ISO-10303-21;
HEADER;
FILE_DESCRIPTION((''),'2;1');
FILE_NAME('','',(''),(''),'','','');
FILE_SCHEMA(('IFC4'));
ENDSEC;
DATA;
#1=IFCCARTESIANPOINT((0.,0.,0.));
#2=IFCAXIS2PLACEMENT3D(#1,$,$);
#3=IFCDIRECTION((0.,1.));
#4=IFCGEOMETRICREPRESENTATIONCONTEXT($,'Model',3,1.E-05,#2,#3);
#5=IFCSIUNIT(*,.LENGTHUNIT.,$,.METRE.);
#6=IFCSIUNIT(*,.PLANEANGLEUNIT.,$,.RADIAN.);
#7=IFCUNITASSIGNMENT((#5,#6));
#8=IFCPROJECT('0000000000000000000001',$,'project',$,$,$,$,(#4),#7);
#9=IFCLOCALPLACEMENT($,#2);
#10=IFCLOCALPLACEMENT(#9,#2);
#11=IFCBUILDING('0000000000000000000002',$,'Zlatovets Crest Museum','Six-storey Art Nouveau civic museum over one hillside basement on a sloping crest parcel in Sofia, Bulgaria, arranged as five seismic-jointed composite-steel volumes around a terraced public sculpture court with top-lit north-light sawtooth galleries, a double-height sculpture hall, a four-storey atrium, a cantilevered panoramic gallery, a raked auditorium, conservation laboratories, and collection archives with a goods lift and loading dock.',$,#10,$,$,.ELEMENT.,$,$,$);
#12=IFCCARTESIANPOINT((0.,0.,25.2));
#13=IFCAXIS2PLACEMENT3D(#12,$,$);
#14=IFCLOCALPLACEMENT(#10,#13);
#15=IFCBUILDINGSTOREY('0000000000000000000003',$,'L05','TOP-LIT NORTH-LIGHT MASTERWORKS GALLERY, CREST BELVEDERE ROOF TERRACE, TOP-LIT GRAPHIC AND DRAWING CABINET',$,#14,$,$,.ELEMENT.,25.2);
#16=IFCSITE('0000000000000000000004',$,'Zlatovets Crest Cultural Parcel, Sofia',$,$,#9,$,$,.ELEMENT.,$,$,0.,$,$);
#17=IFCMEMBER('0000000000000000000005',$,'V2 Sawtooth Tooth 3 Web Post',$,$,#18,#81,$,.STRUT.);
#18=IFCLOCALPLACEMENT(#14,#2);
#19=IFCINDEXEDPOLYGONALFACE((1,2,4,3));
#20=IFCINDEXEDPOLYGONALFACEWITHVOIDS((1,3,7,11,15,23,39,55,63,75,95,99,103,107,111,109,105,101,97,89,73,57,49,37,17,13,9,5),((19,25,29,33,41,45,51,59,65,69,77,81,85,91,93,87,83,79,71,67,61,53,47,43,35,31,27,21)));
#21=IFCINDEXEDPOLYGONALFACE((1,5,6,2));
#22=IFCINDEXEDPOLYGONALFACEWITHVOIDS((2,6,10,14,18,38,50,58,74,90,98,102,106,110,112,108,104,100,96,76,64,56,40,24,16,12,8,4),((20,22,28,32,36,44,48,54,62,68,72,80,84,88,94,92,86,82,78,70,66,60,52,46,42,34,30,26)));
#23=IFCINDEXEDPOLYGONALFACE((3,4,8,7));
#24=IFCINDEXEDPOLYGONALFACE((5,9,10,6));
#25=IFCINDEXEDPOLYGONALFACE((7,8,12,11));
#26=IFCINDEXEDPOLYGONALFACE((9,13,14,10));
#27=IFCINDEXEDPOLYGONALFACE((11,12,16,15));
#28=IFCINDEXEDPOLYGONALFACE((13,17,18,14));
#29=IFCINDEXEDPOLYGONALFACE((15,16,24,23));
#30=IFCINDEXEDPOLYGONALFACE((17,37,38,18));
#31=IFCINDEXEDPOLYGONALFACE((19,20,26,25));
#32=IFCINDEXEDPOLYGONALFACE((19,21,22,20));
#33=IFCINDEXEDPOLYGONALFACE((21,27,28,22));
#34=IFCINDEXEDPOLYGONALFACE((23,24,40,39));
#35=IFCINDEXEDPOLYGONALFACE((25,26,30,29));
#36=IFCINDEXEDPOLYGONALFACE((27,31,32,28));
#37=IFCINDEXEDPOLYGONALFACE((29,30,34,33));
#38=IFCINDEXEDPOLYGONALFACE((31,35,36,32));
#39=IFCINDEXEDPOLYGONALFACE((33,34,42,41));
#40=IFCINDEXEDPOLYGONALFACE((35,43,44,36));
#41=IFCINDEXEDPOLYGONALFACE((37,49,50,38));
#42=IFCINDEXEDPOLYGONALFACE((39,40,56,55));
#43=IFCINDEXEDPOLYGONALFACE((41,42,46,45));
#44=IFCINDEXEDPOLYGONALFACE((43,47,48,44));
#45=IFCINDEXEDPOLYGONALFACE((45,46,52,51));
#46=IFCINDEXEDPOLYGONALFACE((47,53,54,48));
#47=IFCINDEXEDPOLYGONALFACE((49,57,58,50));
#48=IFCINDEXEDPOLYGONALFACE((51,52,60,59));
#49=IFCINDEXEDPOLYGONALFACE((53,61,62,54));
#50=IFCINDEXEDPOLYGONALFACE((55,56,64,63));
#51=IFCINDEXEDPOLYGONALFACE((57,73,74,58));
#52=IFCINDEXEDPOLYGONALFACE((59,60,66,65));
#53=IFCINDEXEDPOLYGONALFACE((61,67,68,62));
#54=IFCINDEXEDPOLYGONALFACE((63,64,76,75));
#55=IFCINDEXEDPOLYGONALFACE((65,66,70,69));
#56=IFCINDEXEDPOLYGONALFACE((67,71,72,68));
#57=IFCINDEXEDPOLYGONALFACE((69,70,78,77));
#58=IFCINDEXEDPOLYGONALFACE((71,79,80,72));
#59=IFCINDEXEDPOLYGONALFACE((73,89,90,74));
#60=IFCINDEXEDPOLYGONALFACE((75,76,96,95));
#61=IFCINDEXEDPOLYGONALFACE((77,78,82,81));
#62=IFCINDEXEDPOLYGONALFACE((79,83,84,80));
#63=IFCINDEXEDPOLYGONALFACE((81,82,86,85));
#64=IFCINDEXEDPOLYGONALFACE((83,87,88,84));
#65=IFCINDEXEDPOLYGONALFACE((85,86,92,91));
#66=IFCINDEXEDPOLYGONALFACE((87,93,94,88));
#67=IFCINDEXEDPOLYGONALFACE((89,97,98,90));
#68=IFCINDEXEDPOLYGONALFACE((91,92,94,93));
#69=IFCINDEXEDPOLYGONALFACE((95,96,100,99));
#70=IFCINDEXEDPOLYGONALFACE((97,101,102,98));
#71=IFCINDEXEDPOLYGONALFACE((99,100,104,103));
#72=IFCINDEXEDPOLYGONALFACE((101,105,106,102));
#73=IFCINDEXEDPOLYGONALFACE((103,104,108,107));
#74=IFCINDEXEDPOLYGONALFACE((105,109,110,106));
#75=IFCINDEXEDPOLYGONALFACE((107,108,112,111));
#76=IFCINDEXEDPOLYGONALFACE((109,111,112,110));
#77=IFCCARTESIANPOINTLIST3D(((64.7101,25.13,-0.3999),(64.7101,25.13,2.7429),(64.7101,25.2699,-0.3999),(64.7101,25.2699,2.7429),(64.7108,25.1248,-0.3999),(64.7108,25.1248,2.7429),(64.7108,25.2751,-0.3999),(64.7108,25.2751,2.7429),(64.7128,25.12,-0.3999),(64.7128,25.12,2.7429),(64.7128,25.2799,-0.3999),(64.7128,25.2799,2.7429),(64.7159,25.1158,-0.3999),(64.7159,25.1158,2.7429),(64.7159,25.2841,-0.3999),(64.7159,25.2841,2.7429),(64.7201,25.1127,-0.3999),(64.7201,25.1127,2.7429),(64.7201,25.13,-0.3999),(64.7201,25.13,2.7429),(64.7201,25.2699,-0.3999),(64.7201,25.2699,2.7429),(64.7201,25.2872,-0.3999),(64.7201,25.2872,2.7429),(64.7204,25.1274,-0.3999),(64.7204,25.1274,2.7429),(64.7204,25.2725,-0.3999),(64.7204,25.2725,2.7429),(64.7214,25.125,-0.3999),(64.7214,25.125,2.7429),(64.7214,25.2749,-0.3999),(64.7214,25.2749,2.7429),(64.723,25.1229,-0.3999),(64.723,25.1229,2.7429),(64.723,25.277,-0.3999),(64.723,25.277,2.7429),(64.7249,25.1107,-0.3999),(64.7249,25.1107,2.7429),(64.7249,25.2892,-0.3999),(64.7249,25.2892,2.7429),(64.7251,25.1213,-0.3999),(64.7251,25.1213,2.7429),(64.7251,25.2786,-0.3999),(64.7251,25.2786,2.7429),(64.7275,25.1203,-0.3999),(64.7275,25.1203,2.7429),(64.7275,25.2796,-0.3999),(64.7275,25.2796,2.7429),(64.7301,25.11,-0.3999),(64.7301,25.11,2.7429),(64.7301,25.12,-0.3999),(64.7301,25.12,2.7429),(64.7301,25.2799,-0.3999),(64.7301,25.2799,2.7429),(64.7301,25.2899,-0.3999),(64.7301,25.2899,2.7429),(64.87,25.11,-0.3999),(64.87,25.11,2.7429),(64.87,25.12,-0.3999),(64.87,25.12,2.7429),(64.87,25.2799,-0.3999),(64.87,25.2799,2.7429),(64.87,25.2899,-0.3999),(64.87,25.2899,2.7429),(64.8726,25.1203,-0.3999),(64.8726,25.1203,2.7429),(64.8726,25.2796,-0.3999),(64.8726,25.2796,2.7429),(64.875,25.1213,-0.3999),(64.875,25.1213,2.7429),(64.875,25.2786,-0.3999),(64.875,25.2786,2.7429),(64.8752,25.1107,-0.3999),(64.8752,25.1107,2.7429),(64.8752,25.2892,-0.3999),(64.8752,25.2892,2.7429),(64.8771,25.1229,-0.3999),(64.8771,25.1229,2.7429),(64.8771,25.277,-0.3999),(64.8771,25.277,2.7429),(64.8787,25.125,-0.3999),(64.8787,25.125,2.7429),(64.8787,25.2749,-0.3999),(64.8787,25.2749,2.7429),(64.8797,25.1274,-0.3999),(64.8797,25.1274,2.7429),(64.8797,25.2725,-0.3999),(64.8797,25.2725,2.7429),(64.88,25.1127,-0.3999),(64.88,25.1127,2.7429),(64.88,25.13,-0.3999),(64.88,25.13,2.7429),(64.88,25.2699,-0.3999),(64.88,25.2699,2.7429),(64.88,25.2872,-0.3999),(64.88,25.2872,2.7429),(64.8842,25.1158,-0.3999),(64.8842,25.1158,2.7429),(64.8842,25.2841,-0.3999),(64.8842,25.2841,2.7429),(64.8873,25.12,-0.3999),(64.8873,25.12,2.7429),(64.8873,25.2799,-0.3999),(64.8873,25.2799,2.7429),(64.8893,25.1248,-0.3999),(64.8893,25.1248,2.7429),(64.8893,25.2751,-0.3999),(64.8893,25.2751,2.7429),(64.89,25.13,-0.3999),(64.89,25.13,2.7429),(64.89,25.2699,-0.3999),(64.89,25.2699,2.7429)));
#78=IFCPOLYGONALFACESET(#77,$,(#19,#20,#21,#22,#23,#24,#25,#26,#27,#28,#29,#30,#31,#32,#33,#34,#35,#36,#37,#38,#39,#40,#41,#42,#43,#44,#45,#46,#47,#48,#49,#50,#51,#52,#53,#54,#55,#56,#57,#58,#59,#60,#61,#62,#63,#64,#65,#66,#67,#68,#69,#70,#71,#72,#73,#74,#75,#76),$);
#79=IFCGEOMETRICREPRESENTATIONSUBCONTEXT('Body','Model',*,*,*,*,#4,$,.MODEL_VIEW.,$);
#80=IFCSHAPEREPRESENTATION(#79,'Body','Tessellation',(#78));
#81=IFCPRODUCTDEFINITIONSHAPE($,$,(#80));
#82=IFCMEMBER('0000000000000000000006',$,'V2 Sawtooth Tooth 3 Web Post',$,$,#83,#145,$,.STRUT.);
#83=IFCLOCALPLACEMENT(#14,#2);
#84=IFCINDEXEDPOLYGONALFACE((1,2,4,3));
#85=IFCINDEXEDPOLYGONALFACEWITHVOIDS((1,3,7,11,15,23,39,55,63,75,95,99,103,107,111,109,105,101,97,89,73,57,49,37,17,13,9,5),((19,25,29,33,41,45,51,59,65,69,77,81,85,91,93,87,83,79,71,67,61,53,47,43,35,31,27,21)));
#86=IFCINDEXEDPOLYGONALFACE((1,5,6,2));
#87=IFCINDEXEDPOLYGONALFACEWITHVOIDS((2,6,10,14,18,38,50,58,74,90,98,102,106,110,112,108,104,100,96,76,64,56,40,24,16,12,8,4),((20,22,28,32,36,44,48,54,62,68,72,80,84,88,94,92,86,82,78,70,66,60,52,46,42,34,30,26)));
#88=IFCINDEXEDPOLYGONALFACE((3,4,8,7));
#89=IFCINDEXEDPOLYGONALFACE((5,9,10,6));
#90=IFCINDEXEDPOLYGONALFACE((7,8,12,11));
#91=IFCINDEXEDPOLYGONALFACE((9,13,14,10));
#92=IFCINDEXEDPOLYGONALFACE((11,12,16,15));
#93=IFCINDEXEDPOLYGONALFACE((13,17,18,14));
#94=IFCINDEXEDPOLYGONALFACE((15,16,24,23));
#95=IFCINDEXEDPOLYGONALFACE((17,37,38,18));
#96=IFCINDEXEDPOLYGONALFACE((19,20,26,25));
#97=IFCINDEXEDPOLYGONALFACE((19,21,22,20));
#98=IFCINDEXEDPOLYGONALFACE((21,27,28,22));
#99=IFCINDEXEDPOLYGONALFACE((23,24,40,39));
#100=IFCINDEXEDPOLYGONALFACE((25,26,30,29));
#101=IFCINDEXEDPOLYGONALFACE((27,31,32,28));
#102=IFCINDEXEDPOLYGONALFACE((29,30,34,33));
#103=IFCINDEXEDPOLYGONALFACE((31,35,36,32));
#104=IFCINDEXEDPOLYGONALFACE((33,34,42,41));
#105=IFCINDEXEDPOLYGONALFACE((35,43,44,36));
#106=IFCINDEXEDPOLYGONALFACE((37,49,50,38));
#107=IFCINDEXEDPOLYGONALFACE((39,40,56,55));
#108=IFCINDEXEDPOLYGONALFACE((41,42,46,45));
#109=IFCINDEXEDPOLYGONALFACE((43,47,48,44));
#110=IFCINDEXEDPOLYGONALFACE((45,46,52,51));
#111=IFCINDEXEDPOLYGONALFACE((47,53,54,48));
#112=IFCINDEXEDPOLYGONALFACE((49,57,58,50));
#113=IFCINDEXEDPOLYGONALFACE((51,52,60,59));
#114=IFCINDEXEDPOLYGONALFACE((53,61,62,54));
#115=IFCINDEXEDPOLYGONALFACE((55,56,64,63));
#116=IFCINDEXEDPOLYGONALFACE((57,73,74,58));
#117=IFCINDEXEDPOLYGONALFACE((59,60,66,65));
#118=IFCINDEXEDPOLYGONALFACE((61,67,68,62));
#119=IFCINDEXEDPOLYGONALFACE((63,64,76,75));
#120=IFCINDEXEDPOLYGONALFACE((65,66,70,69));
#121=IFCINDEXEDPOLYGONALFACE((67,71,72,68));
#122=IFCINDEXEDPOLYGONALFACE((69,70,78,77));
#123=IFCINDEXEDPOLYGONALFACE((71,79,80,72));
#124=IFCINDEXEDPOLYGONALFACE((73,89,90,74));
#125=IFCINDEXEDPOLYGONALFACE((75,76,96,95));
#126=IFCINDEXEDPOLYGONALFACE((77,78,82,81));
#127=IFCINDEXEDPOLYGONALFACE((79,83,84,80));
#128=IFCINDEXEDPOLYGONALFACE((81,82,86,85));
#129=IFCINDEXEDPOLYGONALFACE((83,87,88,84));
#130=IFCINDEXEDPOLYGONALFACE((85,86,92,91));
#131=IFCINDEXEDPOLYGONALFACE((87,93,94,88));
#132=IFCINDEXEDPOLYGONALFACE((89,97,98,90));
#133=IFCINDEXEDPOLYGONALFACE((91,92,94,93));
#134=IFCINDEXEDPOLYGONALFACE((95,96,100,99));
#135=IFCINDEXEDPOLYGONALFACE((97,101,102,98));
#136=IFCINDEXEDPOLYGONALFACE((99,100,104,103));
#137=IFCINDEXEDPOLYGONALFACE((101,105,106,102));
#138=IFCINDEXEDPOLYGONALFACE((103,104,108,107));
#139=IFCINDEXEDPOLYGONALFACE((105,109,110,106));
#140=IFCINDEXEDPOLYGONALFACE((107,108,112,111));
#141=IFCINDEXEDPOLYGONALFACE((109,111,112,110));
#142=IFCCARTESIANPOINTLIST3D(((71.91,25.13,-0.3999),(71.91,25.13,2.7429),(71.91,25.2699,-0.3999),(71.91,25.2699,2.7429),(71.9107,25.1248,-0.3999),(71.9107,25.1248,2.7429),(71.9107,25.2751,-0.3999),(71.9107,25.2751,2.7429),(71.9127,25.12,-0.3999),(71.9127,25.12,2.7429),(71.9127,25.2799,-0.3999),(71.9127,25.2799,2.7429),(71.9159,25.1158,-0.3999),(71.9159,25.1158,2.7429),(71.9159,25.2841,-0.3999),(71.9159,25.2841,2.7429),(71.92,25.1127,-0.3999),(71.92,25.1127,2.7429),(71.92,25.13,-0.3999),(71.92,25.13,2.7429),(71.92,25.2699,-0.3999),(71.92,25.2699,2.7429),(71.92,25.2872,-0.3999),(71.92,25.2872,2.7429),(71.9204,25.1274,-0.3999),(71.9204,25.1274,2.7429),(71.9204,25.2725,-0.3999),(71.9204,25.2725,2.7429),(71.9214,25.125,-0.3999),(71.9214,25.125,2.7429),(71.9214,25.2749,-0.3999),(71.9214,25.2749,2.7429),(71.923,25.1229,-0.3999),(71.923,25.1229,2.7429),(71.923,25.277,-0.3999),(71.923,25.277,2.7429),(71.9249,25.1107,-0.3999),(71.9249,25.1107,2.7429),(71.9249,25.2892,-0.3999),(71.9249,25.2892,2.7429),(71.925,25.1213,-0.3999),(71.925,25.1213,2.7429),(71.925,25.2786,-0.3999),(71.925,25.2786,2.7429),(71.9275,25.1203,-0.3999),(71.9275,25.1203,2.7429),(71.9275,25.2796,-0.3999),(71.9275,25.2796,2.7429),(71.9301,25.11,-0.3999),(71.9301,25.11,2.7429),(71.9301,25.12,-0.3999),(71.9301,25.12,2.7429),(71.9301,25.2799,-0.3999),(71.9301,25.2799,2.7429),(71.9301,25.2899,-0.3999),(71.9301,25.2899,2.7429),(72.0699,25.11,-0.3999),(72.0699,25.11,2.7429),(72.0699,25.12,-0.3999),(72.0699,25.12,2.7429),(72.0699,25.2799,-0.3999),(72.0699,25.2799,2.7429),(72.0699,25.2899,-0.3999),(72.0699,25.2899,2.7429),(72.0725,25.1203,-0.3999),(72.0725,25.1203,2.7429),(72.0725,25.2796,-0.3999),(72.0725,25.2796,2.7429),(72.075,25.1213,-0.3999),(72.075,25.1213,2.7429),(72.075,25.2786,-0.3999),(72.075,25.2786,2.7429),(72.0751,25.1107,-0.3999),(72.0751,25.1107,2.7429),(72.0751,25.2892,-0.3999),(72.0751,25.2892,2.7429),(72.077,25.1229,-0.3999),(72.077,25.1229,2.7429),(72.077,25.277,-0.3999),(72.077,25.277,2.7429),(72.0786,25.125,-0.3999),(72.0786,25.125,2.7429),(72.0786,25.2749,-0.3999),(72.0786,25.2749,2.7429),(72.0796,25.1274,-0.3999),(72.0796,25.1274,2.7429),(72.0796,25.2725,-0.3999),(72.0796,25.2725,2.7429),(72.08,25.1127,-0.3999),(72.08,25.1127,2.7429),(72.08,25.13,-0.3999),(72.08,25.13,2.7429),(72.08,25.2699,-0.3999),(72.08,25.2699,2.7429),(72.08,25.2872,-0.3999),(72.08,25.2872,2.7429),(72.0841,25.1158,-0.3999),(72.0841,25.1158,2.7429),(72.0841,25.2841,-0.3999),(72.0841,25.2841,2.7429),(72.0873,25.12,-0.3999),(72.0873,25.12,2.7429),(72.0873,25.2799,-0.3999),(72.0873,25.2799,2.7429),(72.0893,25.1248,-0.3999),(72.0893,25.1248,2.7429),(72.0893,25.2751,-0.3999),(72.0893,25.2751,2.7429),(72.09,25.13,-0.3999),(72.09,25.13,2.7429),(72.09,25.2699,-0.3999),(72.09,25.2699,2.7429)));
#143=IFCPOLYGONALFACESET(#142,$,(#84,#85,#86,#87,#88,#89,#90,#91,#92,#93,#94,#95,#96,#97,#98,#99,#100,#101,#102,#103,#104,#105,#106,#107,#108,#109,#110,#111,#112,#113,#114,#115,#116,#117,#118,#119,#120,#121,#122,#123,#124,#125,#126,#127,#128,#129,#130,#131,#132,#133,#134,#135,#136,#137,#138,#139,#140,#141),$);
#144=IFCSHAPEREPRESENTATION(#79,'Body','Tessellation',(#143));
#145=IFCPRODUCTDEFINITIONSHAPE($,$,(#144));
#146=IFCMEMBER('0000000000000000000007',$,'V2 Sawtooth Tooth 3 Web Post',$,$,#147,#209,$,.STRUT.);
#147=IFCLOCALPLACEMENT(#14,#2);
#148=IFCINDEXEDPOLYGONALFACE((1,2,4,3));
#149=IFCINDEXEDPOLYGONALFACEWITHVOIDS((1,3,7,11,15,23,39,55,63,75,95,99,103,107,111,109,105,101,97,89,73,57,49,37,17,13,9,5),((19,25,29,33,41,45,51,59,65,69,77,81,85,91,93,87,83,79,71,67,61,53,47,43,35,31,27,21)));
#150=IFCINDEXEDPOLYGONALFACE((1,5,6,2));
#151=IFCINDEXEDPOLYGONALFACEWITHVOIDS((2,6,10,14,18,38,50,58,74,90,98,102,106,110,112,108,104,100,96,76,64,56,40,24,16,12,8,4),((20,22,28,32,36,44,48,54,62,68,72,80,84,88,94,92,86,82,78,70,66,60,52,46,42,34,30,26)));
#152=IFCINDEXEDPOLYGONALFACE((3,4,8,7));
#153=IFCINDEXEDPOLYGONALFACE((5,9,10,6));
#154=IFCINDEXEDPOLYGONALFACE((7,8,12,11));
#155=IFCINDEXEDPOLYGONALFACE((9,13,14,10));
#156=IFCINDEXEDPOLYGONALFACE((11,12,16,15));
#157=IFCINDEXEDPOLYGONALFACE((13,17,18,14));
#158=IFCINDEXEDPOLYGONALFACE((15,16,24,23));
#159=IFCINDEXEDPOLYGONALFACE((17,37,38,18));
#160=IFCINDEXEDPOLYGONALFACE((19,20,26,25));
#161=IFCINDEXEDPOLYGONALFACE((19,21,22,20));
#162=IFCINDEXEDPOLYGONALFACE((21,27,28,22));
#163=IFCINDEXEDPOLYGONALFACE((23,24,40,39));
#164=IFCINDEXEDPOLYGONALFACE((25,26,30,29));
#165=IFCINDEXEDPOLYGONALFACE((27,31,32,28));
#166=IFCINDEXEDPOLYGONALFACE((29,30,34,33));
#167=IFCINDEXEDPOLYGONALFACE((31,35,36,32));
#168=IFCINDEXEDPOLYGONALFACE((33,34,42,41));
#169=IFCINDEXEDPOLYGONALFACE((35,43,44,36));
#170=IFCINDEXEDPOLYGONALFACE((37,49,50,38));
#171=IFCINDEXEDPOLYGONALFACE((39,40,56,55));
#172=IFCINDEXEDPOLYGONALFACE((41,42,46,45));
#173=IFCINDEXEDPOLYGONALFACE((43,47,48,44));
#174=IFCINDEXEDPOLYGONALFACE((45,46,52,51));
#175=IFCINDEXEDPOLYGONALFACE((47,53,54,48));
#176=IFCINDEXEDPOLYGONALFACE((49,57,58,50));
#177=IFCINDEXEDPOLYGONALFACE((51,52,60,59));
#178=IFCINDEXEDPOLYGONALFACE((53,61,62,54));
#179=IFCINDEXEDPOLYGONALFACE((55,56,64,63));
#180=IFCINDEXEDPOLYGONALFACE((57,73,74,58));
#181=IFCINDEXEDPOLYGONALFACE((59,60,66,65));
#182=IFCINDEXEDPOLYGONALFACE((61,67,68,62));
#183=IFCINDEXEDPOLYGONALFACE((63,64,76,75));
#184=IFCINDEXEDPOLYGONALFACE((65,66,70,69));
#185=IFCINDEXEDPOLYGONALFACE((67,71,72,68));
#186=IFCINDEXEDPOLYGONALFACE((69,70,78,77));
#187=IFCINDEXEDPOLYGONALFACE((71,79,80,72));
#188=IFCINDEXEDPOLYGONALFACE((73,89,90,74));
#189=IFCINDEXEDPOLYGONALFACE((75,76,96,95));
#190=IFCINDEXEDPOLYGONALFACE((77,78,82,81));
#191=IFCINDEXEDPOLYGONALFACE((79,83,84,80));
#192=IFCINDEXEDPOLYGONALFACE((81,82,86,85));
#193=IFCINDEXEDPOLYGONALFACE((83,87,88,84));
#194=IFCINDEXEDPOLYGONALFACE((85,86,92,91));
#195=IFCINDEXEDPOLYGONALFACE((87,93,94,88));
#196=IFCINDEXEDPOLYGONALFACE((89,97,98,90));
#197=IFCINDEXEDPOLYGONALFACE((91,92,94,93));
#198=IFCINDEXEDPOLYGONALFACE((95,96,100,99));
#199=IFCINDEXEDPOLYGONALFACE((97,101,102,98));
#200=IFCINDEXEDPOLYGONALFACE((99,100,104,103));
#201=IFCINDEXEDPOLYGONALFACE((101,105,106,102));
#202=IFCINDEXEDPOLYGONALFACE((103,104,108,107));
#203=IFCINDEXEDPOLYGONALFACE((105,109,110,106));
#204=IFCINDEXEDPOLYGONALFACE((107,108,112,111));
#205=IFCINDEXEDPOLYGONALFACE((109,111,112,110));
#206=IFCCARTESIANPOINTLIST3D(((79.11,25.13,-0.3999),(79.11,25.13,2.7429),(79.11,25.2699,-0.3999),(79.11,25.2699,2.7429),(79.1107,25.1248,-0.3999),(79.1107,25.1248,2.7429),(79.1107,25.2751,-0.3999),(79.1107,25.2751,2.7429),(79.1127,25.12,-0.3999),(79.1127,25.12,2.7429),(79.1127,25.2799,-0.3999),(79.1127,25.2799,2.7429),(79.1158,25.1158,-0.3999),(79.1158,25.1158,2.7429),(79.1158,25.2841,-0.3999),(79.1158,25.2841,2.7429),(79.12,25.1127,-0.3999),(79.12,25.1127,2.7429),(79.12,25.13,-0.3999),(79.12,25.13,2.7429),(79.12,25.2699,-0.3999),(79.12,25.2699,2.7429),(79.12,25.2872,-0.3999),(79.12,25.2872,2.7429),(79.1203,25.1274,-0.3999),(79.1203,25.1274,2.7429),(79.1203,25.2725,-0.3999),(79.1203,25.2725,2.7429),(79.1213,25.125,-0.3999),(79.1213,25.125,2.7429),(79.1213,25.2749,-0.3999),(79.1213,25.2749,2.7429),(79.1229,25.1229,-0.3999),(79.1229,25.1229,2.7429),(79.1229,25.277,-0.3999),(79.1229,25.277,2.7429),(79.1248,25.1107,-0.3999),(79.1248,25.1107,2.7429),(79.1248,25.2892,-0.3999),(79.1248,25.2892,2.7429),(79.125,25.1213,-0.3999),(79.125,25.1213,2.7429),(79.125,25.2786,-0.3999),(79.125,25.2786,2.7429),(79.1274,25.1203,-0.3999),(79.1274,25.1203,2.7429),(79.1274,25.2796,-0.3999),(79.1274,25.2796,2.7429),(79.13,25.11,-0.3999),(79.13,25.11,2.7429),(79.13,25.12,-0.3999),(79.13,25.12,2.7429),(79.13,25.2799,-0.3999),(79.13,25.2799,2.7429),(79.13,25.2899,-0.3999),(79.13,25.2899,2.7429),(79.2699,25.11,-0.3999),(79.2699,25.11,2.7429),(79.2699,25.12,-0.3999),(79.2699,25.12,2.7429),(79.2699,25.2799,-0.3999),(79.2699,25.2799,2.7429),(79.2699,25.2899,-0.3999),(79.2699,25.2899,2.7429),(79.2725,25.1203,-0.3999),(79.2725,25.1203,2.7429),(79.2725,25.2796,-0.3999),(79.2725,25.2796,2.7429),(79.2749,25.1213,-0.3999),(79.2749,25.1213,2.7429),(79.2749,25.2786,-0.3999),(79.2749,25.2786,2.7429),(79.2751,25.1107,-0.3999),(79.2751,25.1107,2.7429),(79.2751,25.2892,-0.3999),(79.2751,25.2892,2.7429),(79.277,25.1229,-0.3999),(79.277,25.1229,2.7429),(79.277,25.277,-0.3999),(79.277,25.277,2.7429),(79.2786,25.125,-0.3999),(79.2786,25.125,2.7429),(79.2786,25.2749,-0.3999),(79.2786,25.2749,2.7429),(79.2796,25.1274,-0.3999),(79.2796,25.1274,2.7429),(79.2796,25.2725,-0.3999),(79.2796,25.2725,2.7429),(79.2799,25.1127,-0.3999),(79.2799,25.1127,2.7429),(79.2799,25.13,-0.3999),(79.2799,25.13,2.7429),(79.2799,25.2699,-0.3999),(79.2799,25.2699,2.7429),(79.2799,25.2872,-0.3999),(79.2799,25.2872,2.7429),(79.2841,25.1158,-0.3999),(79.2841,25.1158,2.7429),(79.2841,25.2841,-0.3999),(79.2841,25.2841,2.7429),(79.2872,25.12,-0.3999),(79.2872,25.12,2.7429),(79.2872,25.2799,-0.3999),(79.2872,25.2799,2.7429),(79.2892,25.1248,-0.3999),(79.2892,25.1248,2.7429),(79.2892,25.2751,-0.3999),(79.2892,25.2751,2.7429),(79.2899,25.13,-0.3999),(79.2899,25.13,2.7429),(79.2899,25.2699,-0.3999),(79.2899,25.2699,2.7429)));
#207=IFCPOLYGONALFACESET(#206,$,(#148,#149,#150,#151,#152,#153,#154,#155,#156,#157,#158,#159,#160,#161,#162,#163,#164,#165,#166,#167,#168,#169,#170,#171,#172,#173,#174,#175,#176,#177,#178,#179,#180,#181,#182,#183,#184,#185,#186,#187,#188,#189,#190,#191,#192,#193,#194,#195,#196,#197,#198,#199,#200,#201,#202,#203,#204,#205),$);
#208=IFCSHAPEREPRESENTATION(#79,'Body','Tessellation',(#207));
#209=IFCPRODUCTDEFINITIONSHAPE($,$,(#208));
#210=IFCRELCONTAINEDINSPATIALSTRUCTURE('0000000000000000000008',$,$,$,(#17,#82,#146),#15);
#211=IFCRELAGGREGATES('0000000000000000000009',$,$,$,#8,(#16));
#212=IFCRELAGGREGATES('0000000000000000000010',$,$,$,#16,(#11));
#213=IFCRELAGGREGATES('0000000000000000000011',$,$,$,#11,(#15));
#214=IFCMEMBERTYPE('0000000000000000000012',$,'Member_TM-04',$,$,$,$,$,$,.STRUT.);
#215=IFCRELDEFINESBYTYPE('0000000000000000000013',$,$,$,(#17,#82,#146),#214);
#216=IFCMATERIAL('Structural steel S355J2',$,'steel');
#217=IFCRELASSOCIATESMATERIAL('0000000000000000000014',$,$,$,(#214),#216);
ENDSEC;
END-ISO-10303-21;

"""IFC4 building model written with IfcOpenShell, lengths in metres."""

from ifc_helpers import new_model, si_unit, direction, frame, origin, origin_2d, place, context, subcontext, project, spatial, hollow_rectangle, extrude, material, material_profile, profile_set, type_object, element, save


model = new_model("IFC4")

# Units and contexts
model_context = context("Model", 3, precision=1e-05, world=origin(), true_north=direction((0.0, 1.0)))
body_context = subcontext(model_context, "Body", "Model", "MODEL_VIEW")
ifc_project = project(units=[si_unit("LENGTHUNIT", "METRE"), si_unit("PLANEANGLEUNIT", "RADIAN")], contexts=[model_context])

# Site, building, storey
site_placement = place(None, origin())
site = spatial("IfcSite", under=ifc_project, at=site_placement, Name="Zlatovets Crest Cultural Parcel, Sofia", CompositionType="ELEMENT", RefElevation=0.0)
building_placement = place(site_placement, origin())
building = spatial("IfcBuilding", under=site, at=building_placement, Name="Zlatovets Crest Museum", Description="Six-storey Art Nouveau civic museum over one hillside basement on a sloping crest parcel in Sofia, Bulgaria, arranged as five seismic-jointed composite-steel volumes around a terraced public sculpture court with top-lit north-light sawtooth galleries, a double-height sculpture hall, a four-storey atrium, a cantilevered panoramic gallery, a raked auditorium, conservation laboratories, and collection archives with a goods lift and loading dock.", CompositionType="ELEMENT")
storey_placement = place(building_placement, frame((0.0, 0.0, 25.2)))
storey = spatial("IfcBuildingStorey", under=building, at=storey_placement, Name="L05", Description="TOP-LIT NORTH-LIGHT MASTERWORKS GALLERY, CREST BELVEDERE ROOF TERRACE, TOP-LIT GRAPHIC AND DRAWING CABINET", CompositionType="ELEMENT", Elevation=25.2)

# Shared definitions
ifc_material_1 = material(Name="Structural steel S355J2", Category="steel")

# Members
ifc_material_profile_1 = material_profile(ifc_material_1, hollow_rectangle(XDim=0.1799, YDim=0.1799, WallThickness=0.01, InnerFilletRadius=0.01, OuterFilletRadius=0.02, at=origin_2d()), Name="SHS 180x180x10.0")
ifc_profile_set_1 = profile_set([ifc_material_profile_1], Name="Structural steel S355J2")
member_type_1 = type_object("IfcMemberType", Name="Member_TM-04", PredefinedType="STRUT", material=ifc_profile_set_1)
for number, where, z_axis, x_axis, name in (
    (1, (64.8, 25.2, -0.3999), (0.0, 0.0, 1.0), (1.0, 0.0, 0.0), "V2 Sawtooth Tooth 3 Web Post"),
    (2, (72.0, 25.2, -0.3999), (0.0, 0.0, 1.0), (1.0, 0.0, 0.0), "V2 Sawtooth Tooth 3 Web Post"),
    (3, (79.2, 25.2, -0.3999), (0.0, 0.0, 1.0), (1.0, 0.0, 0.0), "V2 Sawtooth Tooth 3 Web Post"),
):
    element("IfcMember", number, at=place(storey_placement, frame(where, z_axis=z_axis, x_axis=x_axis)), inside=storey, type_object=member_type_1, Name=name, PredefinedType="STRUT", context=body_context, shape_type="SweptSolid", body=[
        extrude(hollow_rectangle(XDim=0.1799, YDim=0.1799, WallThickness=0.01, InnerFilletRadius=0.01, OuterFilletRadius=0.02, at=origin_2d()), origin(), (0.0, 0.0, 1.0), 3.1428),
    ])

save(model, "model.ifc")
